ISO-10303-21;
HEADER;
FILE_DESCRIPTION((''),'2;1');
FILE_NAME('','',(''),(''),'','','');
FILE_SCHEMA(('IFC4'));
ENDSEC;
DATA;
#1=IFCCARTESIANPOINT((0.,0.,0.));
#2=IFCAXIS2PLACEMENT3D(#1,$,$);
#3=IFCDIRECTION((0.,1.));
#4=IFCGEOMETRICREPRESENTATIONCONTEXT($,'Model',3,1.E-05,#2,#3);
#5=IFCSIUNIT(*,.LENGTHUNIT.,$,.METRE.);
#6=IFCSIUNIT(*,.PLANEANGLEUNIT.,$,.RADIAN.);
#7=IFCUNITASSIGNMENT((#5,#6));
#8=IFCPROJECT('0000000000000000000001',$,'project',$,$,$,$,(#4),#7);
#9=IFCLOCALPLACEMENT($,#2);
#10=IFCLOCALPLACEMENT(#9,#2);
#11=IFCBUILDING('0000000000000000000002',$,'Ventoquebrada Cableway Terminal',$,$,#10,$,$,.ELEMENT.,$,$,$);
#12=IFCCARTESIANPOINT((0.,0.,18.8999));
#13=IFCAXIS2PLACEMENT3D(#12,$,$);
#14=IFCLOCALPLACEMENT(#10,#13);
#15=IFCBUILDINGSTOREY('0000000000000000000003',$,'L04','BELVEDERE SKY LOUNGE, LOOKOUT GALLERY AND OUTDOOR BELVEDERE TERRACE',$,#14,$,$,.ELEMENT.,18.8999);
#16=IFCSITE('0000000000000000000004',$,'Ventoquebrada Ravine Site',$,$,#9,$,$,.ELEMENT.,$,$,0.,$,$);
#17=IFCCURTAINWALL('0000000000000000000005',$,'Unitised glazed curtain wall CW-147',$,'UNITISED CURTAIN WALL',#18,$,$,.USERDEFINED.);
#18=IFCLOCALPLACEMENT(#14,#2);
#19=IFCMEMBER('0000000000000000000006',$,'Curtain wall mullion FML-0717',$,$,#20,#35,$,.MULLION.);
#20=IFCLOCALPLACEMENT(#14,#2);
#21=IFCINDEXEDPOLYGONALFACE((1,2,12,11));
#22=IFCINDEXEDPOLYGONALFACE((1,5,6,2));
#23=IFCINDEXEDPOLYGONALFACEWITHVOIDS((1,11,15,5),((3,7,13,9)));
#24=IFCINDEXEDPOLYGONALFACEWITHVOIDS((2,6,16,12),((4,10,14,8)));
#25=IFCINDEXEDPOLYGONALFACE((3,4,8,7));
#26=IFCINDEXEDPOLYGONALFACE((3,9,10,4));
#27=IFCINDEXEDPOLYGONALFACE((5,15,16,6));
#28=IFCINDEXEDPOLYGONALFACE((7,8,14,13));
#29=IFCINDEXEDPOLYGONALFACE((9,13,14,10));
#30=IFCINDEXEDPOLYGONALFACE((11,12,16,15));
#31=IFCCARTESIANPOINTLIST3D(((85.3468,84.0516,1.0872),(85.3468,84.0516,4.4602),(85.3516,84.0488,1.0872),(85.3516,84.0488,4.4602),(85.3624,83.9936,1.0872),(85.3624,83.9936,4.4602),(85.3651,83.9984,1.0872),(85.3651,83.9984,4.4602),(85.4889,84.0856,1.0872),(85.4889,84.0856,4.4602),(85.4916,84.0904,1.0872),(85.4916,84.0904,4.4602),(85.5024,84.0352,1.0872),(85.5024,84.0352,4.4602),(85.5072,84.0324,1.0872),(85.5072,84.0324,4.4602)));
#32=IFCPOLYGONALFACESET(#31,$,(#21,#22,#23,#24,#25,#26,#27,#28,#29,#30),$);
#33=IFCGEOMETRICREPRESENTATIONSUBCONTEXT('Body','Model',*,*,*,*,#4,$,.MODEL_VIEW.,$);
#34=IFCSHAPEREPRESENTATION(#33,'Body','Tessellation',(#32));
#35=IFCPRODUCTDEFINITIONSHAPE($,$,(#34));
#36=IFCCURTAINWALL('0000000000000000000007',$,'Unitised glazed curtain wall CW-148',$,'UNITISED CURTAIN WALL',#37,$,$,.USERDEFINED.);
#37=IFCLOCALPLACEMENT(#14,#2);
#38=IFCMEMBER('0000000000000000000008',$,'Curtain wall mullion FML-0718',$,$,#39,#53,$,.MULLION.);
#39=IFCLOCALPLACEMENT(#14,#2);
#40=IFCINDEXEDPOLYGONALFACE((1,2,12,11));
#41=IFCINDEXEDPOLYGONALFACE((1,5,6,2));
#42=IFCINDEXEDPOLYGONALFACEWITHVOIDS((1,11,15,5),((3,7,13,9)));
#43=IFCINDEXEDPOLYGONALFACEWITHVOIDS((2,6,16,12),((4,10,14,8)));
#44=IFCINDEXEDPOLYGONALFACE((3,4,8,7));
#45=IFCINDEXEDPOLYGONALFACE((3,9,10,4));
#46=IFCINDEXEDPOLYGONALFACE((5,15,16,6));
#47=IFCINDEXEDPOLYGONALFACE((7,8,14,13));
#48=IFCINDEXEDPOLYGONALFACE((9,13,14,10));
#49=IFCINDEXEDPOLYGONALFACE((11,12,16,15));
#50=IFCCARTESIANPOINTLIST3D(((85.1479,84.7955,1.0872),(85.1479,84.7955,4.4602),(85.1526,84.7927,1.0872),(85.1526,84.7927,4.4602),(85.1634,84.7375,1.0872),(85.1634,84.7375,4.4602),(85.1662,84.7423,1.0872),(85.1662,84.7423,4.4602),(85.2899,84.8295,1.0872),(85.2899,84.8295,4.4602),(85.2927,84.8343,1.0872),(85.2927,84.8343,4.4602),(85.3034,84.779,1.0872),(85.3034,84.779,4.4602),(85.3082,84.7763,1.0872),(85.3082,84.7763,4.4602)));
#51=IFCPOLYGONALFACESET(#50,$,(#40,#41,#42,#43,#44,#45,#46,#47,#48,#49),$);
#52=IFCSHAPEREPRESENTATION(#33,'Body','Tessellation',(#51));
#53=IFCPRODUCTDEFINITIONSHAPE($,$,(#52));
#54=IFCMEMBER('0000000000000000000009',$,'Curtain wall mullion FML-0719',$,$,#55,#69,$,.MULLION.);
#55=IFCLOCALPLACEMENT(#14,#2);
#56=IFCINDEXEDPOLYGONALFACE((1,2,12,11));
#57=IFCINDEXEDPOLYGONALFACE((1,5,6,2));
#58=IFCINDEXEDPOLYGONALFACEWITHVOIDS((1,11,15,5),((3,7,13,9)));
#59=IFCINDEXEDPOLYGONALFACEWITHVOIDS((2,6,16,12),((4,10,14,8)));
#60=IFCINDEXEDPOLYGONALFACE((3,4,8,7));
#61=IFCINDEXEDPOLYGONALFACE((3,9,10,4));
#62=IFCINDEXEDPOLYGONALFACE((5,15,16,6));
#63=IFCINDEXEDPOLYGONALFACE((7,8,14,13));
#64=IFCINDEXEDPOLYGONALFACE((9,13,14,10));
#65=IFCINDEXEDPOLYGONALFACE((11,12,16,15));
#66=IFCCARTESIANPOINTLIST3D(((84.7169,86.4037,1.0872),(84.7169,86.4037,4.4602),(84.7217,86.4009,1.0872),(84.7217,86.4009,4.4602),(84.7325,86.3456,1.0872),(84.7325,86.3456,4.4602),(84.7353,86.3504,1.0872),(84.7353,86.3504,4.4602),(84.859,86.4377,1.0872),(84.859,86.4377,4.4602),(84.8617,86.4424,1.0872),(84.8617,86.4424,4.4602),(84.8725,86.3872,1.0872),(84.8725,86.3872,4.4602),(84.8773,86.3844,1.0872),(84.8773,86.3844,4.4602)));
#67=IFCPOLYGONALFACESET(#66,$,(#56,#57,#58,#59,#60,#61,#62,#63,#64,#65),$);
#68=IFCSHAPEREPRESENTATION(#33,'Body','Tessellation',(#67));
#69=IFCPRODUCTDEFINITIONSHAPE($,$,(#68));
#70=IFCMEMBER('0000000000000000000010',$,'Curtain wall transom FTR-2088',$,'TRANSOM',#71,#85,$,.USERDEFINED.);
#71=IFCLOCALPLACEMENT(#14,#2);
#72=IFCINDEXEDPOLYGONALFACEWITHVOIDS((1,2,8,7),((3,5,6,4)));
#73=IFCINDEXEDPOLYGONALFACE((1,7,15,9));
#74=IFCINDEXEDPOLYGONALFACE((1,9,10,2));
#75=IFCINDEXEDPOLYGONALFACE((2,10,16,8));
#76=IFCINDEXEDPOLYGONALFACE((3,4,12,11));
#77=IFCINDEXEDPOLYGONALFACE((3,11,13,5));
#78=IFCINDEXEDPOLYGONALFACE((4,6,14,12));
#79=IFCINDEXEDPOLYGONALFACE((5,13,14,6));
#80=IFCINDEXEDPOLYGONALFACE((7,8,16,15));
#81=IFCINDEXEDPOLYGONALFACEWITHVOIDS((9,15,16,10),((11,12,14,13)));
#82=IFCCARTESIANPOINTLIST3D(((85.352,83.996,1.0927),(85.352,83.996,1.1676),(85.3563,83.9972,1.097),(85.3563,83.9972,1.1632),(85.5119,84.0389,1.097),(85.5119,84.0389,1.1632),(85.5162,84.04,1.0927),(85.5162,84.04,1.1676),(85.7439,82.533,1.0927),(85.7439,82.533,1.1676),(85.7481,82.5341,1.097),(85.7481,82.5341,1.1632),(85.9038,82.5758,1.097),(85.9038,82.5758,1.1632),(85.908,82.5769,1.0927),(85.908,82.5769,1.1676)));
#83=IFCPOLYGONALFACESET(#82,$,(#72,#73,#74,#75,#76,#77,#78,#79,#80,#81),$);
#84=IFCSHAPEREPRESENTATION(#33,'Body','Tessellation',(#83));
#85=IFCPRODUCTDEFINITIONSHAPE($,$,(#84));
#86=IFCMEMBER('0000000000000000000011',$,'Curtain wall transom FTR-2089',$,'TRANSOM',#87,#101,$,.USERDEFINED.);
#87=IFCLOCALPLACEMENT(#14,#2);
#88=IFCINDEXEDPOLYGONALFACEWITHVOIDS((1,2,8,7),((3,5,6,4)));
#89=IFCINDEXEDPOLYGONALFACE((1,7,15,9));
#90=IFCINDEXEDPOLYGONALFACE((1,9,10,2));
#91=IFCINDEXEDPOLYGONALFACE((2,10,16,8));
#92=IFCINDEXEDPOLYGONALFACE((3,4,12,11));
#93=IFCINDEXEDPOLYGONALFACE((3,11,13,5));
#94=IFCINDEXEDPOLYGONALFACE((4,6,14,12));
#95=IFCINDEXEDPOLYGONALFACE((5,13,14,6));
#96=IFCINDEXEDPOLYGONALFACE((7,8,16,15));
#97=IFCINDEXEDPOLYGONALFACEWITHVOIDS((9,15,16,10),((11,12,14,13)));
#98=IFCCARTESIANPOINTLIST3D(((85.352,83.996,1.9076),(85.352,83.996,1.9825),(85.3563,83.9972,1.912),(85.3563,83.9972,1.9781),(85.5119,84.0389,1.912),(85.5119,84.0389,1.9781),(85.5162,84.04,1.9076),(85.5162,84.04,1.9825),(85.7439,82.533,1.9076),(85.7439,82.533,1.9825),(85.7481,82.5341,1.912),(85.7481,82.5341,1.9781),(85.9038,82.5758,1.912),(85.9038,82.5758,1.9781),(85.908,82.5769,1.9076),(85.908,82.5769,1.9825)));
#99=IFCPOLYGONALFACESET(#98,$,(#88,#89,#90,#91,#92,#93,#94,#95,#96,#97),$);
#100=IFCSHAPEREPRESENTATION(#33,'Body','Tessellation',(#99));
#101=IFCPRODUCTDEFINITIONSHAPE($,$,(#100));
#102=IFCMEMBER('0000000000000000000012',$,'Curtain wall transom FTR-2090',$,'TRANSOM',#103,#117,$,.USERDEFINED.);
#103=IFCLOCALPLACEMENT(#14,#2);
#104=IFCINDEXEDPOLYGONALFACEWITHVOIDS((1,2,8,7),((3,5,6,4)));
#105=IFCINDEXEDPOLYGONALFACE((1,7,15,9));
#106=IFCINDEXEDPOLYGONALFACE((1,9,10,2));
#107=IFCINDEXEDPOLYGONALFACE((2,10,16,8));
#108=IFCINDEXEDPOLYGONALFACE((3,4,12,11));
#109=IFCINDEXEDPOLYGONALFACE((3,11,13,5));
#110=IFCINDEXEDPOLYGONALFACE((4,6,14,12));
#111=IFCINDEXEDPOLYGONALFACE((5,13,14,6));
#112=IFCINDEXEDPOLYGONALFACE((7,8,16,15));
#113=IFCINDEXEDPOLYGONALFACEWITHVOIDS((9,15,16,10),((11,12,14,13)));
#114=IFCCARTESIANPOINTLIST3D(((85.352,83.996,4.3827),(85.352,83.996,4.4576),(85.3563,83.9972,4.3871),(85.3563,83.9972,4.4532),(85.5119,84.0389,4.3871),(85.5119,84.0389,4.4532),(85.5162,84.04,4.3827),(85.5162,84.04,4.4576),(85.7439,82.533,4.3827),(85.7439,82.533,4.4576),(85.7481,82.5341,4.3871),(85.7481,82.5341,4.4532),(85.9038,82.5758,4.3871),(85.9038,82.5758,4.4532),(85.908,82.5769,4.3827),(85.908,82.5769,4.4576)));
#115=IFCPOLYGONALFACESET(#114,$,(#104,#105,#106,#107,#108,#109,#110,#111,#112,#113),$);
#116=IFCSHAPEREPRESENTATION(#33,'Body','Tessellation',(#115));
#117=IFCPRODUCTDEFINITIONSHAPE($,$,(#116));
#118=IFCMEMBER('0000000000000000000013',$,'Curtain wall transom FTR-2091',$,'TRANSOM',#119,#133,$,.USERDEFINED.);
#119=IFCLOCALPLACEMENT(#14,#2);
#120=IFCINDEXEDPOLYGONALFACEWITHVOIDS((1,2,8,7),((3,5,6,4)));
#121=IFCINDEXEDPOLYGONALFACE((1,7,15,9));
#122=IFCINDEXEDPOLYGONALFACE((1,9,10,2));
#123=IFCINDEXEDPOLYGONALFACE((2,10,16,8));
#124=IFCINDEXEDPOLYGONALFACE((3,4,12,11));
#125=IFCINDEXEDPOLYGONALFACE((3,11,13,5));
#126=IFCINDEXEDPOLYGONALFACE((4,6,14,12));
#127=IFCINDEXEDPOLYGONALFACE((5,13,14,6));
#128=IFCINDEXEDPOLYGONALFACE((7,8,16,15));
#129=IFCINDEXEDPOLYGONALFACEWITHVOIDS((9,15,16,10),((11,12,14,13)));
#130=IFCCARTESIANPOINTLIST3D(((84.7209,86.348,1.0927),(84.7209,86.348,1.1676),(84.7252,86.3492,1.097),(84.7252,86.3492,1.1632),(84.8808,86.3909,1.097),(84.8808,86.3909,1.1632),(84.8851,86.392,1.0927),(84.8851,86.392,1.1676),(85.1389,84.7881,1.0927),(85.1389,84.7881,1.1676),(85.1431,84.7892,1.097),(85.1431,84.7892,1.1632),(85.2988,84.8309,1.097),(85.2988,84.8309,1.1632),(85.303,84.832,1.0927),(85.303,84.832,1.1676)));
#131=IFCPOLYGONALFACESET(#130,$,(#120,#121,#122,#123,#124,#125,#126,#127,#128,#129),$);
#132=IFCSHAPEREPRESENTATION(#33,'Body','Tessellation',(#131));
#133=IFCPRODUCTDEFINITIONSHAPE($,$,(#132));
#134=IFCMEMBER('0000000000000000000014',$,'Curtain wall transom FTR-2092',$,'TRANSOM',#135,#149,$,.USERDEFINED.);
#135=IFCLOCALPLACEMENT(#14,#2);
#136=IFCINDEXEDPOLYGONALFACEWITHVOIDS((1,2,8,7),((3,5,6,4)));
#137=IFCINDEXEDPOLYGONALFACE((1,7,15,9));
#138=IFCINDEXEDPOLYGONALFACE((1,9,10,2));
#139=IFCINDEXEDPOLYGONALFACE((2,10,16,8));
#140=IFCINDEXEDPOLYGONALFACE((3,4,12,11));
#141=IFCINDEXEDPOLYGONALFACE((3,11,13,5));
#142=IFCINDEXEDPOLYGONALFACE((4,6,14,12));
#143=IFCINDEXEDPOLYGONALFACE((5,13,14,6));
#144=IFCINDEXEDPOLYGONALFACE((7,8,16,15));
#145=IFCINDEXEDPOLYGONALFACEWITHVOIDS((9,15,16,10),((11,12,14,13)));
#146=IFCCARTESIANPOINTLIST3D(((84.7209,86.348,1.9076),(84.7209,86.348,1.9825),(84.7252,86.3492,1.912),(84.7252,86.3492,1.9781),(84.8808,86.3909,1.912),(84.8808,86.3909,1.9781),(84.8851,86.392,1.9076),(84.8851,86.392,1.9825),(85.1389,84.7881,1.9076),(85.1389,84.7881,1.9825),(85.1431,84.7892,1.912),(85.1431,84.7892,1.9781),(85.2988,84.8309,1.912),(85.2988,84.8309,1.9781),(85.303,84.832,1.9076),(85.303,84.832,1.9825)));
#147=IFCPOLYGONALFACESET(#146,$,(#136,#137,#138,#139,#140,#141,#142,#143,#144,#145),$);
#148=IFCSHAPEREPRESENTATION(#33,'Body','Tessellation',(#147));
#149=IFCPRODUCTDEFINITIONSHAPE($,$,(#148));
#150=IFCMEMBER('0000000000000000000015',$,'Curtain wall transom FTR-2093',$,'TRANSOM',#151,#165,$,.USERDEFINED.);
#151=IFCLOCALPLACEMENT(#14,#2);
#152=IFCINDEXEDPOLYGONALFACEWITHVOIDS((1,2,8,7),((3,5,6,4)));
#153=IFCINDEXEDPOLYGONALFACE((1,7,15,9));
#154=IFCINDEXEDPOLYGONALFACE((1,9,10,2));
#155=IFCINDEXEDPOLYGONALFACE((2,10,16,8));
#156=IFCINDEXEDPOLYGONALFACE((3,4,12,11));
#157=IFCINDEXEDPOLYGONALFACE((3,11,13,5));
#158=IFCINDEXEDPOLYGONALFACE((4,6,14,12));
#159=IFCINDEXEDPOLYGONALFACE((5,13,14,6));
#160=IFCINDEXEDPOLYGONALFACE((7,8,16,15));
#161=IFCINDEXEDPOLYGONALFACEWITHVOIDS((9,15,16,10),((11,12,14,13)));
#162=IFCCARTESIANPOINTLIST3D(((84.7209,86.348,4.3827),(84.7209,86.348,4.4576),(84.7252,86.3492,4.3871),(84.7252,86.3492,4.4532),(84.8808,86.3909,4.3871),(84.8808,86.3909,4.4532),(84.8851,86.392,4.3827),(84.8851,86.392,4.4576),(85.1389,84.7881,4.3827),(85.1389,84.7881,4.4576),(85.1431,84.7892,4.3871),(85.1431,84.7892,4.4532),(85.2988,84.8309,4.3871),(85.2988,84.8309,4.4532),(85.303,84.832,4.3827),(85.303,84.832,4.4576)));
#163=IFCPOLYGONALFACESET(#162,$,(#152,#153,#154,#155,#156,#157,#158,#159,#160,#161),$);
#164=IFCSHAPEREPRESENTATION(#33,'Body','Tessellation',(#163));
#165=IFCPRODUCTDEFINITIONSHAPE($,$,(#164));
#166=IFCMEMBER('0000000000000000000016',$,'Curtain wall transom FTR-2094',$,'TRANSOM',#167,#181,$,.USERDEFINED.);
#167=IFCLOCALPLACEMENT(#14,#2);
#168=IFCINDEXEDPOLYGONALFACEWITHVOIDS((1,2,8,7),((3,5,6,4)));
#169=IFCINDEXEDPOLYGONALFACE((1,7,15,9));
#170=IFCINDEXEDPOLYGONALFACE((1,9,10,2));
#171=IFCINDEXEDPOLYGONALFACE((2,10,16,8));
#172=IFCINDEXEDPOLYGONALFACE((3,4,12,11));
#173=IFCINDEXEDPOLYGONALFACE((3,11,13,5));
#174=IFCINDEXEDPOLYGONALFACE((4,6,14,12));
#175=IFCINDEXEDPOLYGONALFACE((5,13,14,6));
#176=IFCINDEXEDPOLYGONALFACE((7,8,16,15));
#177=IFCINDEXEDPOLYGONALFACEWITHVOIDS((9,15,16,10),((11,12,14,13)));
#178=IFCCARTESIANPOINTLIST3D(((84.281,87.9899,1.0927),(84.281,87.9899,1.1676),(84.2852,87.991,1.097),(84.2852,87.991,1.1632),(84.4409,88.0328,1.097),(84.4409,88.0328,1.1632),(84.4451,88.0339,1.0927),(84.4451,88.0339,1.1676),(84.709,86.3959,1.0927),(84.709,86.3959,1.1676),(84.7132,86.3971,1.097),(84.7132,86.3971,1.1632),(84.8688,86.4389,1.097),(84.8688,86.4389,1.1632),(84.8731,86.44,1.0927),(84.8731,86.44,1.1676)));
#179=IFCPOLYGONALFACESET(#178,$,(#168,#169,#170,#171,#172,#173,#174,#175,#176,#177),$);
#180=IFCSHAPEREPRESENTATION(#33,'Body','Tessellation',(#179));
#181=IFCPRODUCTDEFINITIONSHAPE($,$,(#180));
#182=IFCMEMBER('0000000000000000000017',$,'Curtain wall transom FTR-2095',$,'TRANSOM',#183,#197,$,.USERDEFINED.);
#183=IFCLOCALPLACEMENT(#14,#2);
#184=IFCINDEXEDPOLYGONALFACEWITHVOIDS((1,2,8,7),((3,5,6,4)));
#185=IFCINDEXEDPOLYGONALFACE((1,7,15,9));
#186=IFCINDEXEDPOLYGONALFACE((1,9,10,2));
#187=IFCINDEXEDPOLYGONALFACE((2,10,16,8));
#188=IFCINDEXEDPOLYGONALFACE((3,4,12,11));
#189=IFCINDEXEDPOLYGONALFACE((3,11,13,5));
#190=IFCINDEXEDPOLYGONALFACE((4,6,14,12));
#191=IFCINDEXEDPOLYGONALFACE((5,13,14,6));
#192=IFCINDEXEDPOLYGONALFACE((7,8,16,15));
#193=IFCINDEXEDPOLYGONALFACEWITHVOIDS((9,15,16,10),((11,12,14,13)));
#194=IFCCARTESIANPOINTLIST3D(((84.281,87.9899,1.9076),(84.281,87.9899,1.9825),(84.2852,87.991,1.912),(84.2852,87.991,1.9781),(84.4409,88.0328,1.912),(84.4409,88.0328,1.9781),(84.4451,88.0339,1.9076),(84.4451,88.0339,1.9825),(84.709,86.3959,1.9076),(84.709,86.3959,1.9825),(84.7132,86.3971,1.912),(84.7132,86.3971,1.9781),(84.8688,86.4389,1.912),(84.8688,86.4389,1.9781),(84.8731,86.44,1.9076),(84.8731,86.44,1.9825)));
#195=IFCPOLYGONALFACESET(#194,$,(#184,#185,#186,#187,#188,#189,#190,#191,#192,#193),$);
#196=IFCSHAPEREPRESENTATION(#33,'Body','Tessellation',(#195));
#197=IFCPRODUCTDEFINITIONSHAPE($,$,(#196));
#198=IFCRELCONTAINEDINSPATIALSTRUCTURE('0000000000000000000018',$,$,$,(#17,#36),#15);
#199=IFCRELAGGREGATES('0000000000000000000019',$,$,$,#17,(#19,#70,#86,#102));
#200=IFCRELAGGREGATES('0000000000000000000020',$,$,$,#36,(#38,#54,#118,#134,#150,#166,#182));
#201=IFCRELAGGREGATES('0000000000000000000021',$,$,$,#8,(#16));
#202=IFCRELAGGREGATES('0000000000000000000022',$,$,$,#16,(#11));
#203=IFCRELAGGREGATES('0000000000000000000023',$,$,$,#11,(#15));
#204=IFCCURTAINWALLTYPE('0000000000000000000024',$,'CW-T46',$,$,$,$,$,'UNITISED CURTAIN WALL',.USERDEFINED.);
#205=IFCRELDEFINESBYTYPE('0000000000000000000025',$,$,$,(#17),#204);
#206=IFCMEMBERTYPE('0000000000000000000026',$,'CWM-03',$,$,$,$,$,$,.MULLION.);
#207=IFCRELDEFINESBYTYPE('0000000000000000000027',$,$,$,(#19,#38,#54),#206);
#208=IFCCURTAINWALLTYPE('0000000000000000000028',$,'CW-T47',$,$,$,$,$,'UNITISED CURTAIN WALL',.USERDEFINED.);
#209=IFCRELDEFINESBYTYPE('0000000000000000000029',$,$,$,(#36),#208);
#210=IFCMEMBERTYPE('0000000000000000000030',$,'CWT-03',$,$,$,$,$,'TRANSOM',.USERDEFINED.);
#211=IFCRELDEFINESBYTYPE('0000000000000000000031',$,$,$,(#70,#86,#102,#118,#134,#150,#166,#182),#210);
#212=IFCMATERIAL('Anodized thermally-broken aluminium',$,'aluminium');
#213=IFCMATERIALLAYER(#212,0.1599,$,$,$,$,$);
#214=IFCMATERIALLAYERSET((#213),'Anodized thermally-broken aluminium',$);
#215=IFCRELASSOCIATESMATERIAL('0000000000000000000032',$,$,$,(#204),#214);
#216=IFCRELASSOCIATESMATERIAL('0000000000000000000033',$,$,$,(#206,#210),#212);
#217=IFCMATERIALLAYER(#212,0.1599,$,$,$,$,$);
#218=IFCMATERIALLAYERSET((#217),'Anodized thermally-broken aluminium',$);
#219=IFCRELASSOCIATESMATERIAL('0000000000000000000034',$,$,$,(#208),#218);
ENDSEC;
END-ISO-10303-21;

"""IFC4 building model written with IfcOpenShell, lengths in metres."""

from ifc_helpers import new_model, si_unit, direction, frame, origin, origin_2d, place, context, subcontext, project, spatial, hollow_rectangle, extrude, material, layer, layer_set, material_profile, profile_set, type_object, element, aggregate, save


model = new_model("IFC4")

# Units and contexts
model_context = context("Model", 3, precision=1e-05, world=origin(), true_north=direction((0.0, 1.0)))
body_context = subcontext(model_context, "Body", "Model", "MODEL_VIEW")
ifc_project = project(units=[si_unit("LENGTHUNIT", "METRE"), si_unit("PLANEANGLEUNIT", "RADIAN")], contexts=[model_context])

# Site, building, storey
site_placement = place(None, origin())
site = spatial("IfcSite", under=ifc_project, at=site_placement, Name="Ventoquebrada Ravine Site", CompositionType="ELEMENT", RefElevation=0.0)
building_placement = place(site_placement, origin())
building = spatial("IfcBuilding", under=site, at=building_placement, Name="Ventoquebrada Cableway Terminal", CompositionType="ELEMENT")
storey_placement = place(building_placement, frame((0.0, 0.0, 18.8999)))
storey = spatial("IfcBuildingStorey", under=building, at=storey_placement, Name="L04", Description="BELVEDERE SKY LOUNGE, LOOKOUT GALLERY AND OUTDOOR BELVEDERE TERRACE", CompositionType="ELEMENT", Elevation=18.8999)

# Curtain walls, members
ifc_material_1 = material(Name="Anodized thermally-broken aluminium", Category="aluminium")
ifc_layer_1 = layer(ifc_material_1, 0.1599)
ifc_layer_set_1 = layer_set([ifc_layer_1], Name="Anodized thermally-broken aluminium")
curtain_wall_type_1 = type_object("IfcCurtainWallType", Name="CW-T46", ElementType="UNITISED CURTAIN WALL", PredefinedType="USERDEFINED", material=ifc_layer_set_1)
curtain_wall_1_placement = place(storey_placement, origin())
curtain_wall_1 = element("IfcCurtainWall", 1, at=curtain_wall_1_placement, inside=storey, type_object=curtain_wall_type_1, Name="Unitised glazed curtain wall CW-147", ObjectType="UNITISED CURTAIN WALL", PredefinedType="USERDEFINED")
ifc_material_profile_1 = material_profile(ifc_material_1, hollow_rectangle(XDim=0.0601, YDim=0.1499, WallThickness=0.0039, at=origin_2d()), Name="CW-MUL-60X150")
ifc_profile_set_1 = profile_set([ifc_material_profile_1], Name="Anodized thermally-broken aluminium")
member_type_1 = type_object("IfcMemberType", Name="CWM-03", PredefinedType="MULLION", material=ifc_profile_set_1)
member_1_placement = place(storey_placement, frame((85.427, 84.042, 1.0872), z_axis=(0.0, 0.0, 1.0), x_axis=(-0.258971, 0.965885, 0.0)))
member_1 = element("IfcMember", 2, at=member_1_placement, type_object=member_type_1, Name="Curtain wall mullion FML-0717", PredefinedType="MULLION", context=body_context, shape_type="SweptSolid", body=[
    extrude(hollow_rectangle(XDim=0.0601, YDim=0.1499, WallThickness=0.0039, at=origin_2d()), origin(), (0.0, 0.0, 1.0), 3.373),
])
ifc_layer_2 = layer(ifc_material_1, 0.1599)
ifc_layer_set_2 = layer_set([ifc_layer_2], Name="Anodized thermally-broken aluminium")
curtain_wall_type_2 = type_object("IfcCurtainWallType", Name="CW-T47", ElementType="UNITISED CURTAIN WALL", PredefinedType="USERDEFINED", material=ifc_layer_set_2)
curtain_wall_2_placement = place(storey_placement, origin())
curtain_wall_2 = element("IfcCurtainWall", 3, at=curtain_wall_2_placement, inside=storey, type_object=curtain_wall_type_2, Name="Unitised glazed curtain wall CW-148", ObjectType="UNITISED CURTAIN WALL", PredefinedType="USERDEFINED")
member_2_placement = place(storey_placement, frame((85.228, 84.7859, 1.0872), z_axis=(0.0, 0.0, 1.0), x_axis=(-0.258802, 0.96593, 0.0)))
member_2 = element("IfcMember", 4, at=member_2_placement, type_object=member_type_1, Name="Curtain wall mullion FML-0718", PredefinedType="MULLION", context=body_context, shape_type="SweptSolid", body=[
    extrude(hollow_rectangle(XDim=0.0601, YDim=0.1499, WallThickness=0.0039, at=origin_2d()), origin(), (0.0, 0.0, 1.0), 3.373),
])
member_3_placement = place(storey_placement, frame((84.7971, 86.394, 1.0872), z_axis=(0.0, 0.0, 1.0), x_axis=(-0.258802, 0.96593, 0.0)))
member_3 = element("IfcMember", 5, at=member_3_placement, type_object=member_type_1, Name="Curtain wall mullion FML-0719", PredefinedType="MULLION", context=body_context, shape_type="SweptSolid", body=[
    extrude(hollow_rectangle(XDim=0.0601, YDim=0.1499, WallThickness=0.0039, at=origin_2d()), origin(), (0.0, 0.0, 1.0), 3.373),
])

# Members
ifc_material_profile_2 = material_profile(ifc_material_1, hollow_rectangle(XDim=0.075, YDim=0.1699, WallThickness=0.0044, at=origin_2d()), Name="CW-TRN-75X170")
ifc_profile_set_2 = profile_set([ifc_material_profile_2], Name="Anodized thermally-broken aluminium")
member_type_2 = type_object("IfcMemberType", Name="CWT-03", ElementType="TRANSOM", PredefinedType="USERDEFINED", material=ifc_profile_set_2)
member_4_placement = place(storey_placement, frame((85.8259, 82.5549, 1.1301), z_axis=(-0.258696, 0.965959, 0.0), x_axis=(0.0, 0.0, 1.0)))
member_4 = element("IfcMember", 6, at=member_4_placement, type_object=member_type_2, Name="Curtain wall transom FTR-2088", ObjectType="TRANSOM", PredefinedType="USERDEFINED", context=body_context, shape_type="SweptSolid", body=[
    extrude(hollow_rectangle(XDim=0.075, YDim=0.1699, WallThickness=0.0044, at=origin_2d()), origin(), (0.0, 0.0, 1.0), 1.5146),
])
member_5_placement = place(storey_placement, frame((85.8259, 82.5549, 1.9451), z_axis=(-0.258696, 0.965959, 0.0), x_axis=(0.0, 0.0, 1.0)))
member_5 = element("IfcMember", 7, at=member_5_placement, type_object=member_type_2, Name="Curtain wall transom FTR-2089", ObjectType="TRANSOM", PredefinedType="USERDEFINED", context=body_context, shape_type="SweptSolid", body=[
    extrude(hollow_rectangle(XDim=0.075, YDim=0.1699, WallThickness=0.0044, at=origin_2d()), origin(), (0.0, 0.0, 1.0), 1.5146),
])
member_6_placement = place(storey_placement, frame((85.8259, 82.5549, 4.4202), z_axis=(-0.258696, 0.965959, 0.0), x_axis=(0.0, 0.0, 1.0)))
member_6 = element("IfcMember", 8, at=member_6_placement, type_object=member_type_2, Name="Curtain wall transom FTR-2090", ObjectType="TRANSOM", PredefinedType="USERDEFINED", context=body_context, shape_type="SweptSolid", body=[
    extrude(hollow_rectangle(XDim=0.075, YDim=0.1699, WallThickness=0.0044, at=origin_2d()), origin(), (0.0, 0.0, 1.0), 1.5146),
])
member_7_placement = place(storey_placement, frame((85.2209, 84.8101, 1.1301), z_axis=(-0.258791, 0.965933, 0.0), x_axis=(0.0, 0.0, 1.0)))
member_7 = element("IfcMember", 9, at=member_7_placement, type_object=member_type_2, Name="Curtain wall transom FTR-2091", ObjectType="TRANSOM", PredefinedType="USERDEFINED", context=body_context, shape_type="SweptSolid", body=[
    extrude(hollow_rectangle(XDim=0.075, YDim=0.1699, WallThickness=0.0044, at=origin_2d()), origin(), (0.0, 0.0, 1.0), 1.615),
])
member_8_placement = place(storey_placement, frame((85.2209, 84.8101, 1.9451), z_axis=(-0.258791, 0.965933, 0.0), x_axis=(0.0, 0.0, 1.0)))
member_8 = element("IfcMember", 10, at=member_8_placement, type_object=member_type_2, Name="Curtain wall transom FTR-2092", ObjectType="TRANSOM", PredefinedType="USERDEFINED", context=body_context, shape_type="SweptSolid", body=[
    extrude(hollow_rectangle(XDim=0.075, YDim=0.1699, WallThickness=0.0044, at=origin_2d()), origin(), (0.0, 0.0, 1.0), 1.615),
])
member_9_placement = place(storey_placement, frame((85.2209, 84.8101, 4.4202), z_axis=(-0.258791, 0.965933, 0.0), x_axis=(0.0, 0.0, 1.0)))
member_9 = element("IfcMember", 11, at=member_9_placement, type_object=member_type_2, Name="Curtain wall transom FTR-2093", ObjectType="TRANSOM", PredefinedType="USERDEFINED", context=body_context, shape_type="SweptSolid", body=[
    extrude(hollow_rectangle(XDim=0.075, YDim=0.1699, WallThickness=0.0044, at=origin_2d()), origin(), (0.0, 0.0, 1.0), 1.615),
])
member_10_placement = place(storey_placement, frame((84.791, 86.418, 1.1301), z_axis=(-0.25931, 0.965794, 0.0), x_axis=(0.0, 0.0, 1.0)))
member_10 = element("IfcMember", 12, at=member_10_placement, type_object=member_type_2, Name="Curtain wall transom FTR-2094", ObjectType="TRANSOM", PredefinedType="USERDEFINED", context=body_context, shape_type="SweptSolid", body=[
    extrude(hollow_rectangle(XDim=0.075, YDim=0.1699, WallThickness=0.0044, at=origin_2d()), origin(), (0.0, 0.0, 1.0), 1.6504),
])
member_11_placement = place(storey_placement, frame((84.791, 86.418, 1.9451), z_axis=(-0.25931, 0.965794, 0.0), x_axis=(0.0, 0.0, 1.0)))
member_11 = element("IfcMember", 13, at=member_11_placement, type_object=member_type_2, Name="Curtain wall transom FTR-2095", ObjectType="TRANSOM", PredefinedType="USERDEFINED", context=body_context, shape_type="SweptSolid", body=[
    extrude(hollow_rectangle(XDim=0.075, YDim=0.1699, WallThickness=0.0044, at=origin_2d()), origin(), (0.0, 0.0, 1.0), 1.6504),
])

aggregate(curtain_wall_1, [member_1, member_4, member_5, member_6])
aggregate(curtain_wall_2, [member_2, member_3, member_7, member_8, member_9, member_10, member_11])

save(model, "model.ifc")
